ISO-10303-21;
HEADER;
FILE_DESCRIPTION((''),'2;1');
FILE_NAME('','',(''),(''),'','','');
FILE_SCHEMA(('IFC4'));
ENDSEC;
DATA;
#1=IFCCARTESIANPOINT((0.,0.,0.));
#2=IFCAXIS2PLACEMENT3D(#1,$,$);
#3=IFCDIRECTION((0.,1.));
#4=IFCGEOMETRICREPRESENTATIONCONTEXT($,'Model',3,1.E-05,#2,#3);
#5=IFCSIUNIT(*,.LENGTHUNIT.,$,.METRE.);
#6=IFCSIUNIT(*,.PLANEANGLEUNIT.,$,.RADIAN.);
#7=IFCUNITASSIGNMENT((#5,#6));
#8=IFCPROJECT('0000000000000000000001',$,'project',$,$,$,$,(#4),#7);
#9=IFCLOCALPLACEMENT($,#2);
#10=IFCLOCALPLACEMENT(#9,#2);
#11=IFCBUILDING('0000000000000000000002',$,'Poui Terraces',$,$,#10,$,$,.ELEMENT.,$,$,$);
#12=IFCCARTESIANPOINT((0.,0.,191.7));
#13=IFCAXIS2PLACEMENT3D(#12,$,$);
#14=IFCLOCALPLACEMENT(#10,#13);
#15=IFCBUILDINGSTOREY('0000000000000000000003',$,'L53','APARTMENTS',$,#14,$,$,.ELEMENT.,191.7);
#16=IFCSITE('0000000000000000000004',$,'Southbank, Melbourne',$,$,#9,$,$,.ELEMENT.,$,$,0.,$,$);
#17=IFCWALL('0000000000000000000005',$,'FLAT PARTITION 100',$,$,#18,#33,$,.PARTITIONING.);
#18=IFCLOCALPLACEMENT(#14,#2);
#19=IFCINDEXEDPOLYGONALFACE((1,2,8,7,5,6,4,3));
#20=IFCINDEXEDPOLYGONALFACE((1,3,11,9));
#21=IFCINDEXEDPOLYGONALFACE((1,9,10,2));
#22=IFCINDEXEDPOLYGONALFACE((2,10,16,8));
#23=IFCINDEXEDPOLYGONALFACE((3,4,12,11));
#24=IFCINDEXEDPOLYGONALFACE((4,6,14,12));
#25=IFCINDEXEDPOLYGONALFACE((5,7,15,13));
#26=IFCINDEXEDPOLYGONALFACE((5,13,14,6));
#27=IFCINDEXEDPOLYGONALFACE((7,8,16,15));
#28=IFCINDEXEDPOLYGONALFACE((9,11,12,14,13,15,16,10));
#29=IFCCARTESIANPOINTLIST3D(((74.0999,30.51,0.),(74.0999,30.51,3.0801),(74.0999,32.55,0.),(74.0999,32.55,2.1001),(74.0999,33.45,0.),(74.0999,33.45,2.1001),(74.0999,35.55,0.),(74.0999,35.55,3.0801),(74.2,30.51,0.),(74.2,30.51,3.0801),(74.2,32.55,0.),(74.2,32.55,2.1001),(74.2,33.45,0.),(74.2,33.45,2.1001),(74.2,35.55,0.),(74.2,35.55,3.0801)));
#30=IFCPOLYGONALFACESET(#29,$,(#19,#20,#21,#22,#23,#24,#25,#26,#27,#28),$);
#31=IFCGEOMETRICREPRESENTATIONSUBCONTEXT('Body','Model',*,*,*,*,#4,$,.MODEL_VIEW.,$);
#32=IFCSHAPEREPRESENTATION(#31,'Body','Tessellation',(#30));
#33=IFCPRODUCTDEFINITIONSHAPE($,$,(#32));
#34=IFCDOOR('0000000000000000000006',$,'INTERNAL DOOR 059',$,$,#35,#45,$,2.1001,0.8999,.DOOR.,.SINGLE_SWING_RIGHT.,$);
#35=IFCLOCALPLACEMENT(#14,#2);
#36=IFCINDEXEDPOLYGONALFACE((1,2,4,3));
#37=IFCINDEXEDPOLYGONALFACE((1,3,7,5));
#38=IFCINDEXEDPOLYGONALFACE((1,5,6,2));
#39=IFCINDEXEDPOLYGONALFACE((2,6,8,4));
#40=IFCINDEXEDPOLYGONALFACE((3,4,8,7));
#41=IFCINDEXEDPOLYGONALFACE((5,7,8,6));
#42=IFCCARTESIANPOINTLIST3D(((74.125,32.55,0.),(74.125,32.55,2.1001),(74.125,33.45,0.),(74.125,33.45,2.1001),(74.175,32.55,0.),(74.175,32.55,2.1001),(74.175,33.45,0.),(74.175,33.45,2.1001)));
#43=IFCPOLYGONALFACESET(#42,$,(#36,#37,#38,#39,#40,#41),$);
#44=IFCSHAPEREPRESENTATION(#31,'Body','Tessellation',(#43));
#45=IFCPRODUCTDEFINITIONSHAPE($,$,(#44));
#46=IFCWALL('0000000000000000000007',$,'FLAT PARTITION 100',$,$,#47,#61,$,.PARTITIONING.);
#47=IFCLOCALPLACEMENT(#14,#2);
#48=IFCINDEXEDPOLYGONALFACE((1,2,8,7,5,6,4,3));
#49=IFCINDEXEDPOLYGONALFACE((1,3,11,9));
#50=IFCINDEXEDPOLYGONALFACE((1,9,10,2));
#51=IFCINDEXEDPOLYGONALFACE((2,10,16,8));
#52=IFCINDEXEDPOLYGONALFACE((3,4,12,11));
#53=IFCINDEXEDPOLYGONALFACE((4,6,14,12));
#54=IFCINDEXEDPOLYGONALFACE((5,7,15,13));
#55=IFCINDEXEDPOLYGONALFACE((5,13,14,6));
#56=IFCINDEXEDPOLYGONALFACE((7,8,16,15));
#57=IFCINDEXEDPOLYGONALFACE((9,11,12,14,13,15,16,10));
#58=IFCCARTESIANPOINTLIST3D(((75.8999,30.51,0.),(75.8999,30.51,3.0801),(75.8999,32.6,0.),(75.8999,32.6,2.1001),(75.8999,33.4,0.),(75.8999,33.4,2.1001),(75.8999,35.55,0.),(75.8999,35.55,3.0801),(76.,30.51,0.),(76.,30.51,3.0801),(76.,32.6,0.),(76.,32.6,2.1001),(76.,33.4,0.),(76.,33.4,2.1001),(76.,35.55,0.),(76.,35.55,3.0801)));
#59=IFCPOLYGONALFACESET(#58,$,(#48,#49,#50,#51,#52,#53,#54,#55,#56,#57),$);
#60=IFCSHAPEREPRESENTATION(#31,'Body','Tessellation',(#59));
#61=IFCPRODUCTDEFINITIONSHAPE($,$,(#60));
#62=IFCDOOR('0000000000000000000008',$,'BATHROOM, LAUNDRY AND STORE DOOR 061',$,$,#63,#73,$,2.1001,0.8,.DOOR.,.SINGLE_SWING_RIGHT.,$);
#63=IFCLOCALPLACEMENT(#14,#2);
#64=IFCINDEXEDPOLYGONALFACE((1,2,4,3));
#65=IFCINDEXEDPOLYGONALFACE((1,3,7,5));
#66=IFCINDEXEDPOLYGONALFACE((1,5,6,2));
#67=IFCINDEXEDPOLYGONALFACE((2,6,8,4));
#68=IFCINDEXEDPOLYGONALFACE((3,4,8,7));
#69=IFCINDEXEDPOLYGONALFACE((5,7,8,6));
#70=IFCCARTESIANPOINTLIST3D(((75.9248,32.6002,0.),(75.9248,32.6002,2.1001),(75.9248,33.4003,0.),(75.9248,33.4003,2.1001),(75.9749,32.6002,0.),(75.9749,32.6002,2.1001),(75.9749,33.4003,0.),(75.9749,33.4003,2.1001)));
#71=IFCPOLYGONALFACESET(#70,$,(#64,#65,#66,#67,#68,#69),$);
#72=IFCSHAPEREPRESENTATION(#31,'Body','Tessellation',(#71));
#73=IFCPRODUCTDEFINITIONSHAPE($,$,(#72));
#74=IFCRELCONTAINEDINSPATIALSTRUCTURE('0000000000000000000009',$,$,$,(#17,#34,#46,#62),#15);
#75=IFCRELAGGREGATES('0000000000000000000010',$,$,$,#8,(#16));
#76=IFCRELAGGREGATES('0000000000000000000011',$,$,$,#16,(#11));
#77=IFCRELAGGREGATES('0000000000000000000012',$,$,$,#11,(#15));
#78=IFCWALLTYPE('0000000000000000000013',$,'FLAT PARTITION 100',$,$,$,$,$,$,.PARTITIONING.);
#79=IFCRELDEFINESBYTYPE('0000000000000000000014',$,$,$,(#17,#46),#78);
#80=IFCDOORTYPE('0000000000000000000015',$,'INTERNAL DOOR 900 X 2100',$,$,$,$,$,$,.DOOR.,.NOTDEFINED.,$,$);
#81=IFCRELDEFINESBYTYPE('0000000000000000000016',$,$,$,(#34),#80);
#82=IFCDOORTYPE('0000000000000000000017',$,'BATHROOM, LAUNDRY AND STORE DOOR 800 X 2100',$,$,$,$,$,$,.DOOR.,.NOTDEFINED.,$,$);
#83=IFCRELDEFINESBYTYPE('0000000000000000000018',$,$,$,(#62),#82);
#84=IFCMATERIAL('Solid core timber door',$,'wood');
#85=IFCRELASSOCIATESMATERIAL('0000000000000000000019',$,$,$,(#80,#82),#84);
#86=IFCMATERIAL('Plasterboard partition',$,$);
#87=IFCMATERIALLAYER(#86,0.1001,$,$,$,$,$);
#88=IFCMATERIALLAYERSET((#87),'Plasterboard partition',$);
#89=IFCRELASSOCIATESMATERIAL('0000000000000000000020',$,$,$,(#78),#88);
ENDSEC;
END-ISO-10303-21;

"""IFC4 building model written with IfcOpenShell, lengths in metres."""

from ifc_helpers import new_model, si_unit, direction, frame, frame_2d, origin, place, context, subcontext, project, spatial, rectangle, extrude, material, layer, layer_set, type_object, element, fill, save


model = new_model("IFC4")

# Units and contexts
model_context = context("Model", 3, precision=1e-05, world=origin(), true_north=direction((0.0, 1.0)))
body_context = subcontext(model_context, "Body", "Model", "MODEL_VIEW")
ifc_project = project(units=[si_unit("LENGTHUNIT", "METRE"), si_unit("PLANEANGLEUNIT", "RADIAN")], contexts=[model_context])

# Site, building, storey
site_placement = place(None, origin())
site = spatial("IfcSite", under=ifc_project, at=site_placement, Name="Southbank, Melbourne", CompositionType="ELEMENT", RefElevation=0.0)
building_placement = place(site_placement, origin())
building = spatial("IfcBuilding", under=site, at=building_placement, Name="Poui Terraces", CompositionType="ELEMENT")
storey_placement = place(building_placement, frame((0.0, 0.0, 191.7)))
storey = spatial("IfcBuildingStorey", under=building, at=storey_placement, Name="L53", Description="APARTMENTS", CompositionType="ELEMENT", Elevation=191.7)

# Shared definitions
ifc_material_1 = material(Name="Solid core timber door", Category="wood")
door_type_1 = type_object("IfcDoorType", Name="INTERNAL DOOR 900 X 2100", OperationType="NOTDEFINED", PredefinedType="DOOR", material=ifc_material_1)

# Shared definitions
ifc_material_2 = material(Name="Plasterboard partition")
ifc_layer_1 = layer(ifc_material_2, 0.1001)
ifc_layer_set_1 = layer_set([ifc_layer_1], Name="Plasterboard partition")
wall_type_1 = type_object("IfcWallType", Name="FLAT PARTITION 100", PredefinedType="PARTITIONING", material=ifc_layer_set_1)
door_type_2 = type_object("IfcDoorType", Name="BATHROOM, LAUNDRY AND STORE DOOR 800 X 2100", OperationType="NOTDEFINED", PredefinedType="DOOR", material=ifc_material_1)

# Walls, openings, doors
wall_1_placement = place(storey_placement, frame((74.1499, 30.51, 0.0), z_axis=(0.0, 0.0, 1.0), x_axis=(0.0, 1.0, 0.0)))
wall_1 = element("IfcWall", 1, at=wall_1_placement, inside=storey, type_object=wall_type_1, Name="FLAT PARTITION 100", PredefinedType="PARTITIONING", context=body_context, shape_type="SweptSolid", body=[
    extrude(rectangle(XDim=5.04, YDim=0.1001, at=frame_2d((2.52, 0.0))), origin(), (0.0, 0.0, 1.0), 3.0801),
])
opening_1_placement = place(wall_1_placement, frame((2.04, 0.0, 0.0)))
opening_1 = element("IfcOpeningElement", 2, at=opening_1_placement, cuts=wall_1, PredefinedType="OPENING", context=body_context, shape_type="SweptSolid", body=[
    extrude(rectangle(XDim=0.8999, YDim=2.1001, at=frame_2d((0.45, 1.05))), frame((0.0, 0.0601, 0.0), z_axis=(0.0, -1.0, 0.0), x_axis=(1.0, 0.0, 0.0)), (0.0, 0.0, 1.0), 0.1201),
])
door_1_placement = place(opening_1_placement, origin())
door_1 = element("IfcDoor", 3, at=door_1_placement, inside=storey, type_object=door_type_1, Name="INTERNAL DOOR 059", OperationType="SINGLE_SWING_RIGHT", OverallHeight=2.1001, OverallWidth=0.8999, PredefinedType="DOOR", context=body_context, shape_type="SweptSolid", body=[
    extrude(rectangle(XDim=0.8999, YDim=2.1001, at=frame_2d((0.45, 1.05))), frame((0.0, 0.0249, 0.0), z_axis=(0.0, -1.0, 0.0), x_axis=(1.0, 0.0, 0.0)), (0.0, 0.0, 1.0), 0.05),
])
fill(opening_1, door_1)
wall_2_placement = place(storey_placement, frame((75.95, 30.51, 0.0), z_axis=(0.0, 0.0, 1.0), x_axis=(0.0, 1.0, 0.0)))
wall_2 = element("IfcWall", 4, at=wall_2_placement, inside=storey, type_object=wall_type_1, Name="FLAT PARTITION 100", PredefinedType="PARTITIONING", context=body_context, shape_type="SweptSolid", body=[
    extrude(rectangle(XDim=5.04, YDim=0.1001, at=frame_2d((2.52, 0.0))), origin(), (0.0, 0.0, 1.0), 3.0801),
])
opening_2_placement = place(wall_2_placement, frame((2.0901, 0.0, 0.0)))
opening_2 = element("IfcOpeningElement", 5, at=opening_2_placement, cuts=wall_2, PredefinedType="OPENING", context=body_context, shape_type="SweptSolid", body=[
    extrude(rectangle(XDim=0.8, YDim=2.1001, at=frame_2d((0.3999, 1.05))), frame((0.0, 0.0601, 0.0), z_axis=(0.0, -1.0, 0.0), x_axis=(1.0, 0.0, 0.0)), (0.0, 0.0, 1.0), 0.1201),
])
door_2_placement = place(opening_2_placement, frame((0.8, 0.0, 0.0), z_axis=(0.0, 0.0, 1.0), x_axis=(-1.0, 0.0, 0.0)))
door_2 = element("IfcDoor", 6, at=door_2_placement, inside=storey, type_object=door_type_2, Name="BATHROOM, LAUNDRY AND STORE DOOR 061", OperationType="SINGLE_SWING_RIGHT", OverallHeight=2.1001, OverallWidth=0.8, PredefinedType="DOOR", context=body_context, shape_type="SweptSolid", body=[
    extrude(rectangle(XDim=0.8, YDim=2.1001, at=frame_2d((0.3999, 1.05))), frame((0.0, 0.0249, 0.0), z_axis=(0.0, -1.0, 0.0), x_axis=(1.0, 0.0, 0.0)), (0.0, 0.0, 1.0), 0.05),
])
fill(opening_2, door_2)

save(model, "model.ifc")
